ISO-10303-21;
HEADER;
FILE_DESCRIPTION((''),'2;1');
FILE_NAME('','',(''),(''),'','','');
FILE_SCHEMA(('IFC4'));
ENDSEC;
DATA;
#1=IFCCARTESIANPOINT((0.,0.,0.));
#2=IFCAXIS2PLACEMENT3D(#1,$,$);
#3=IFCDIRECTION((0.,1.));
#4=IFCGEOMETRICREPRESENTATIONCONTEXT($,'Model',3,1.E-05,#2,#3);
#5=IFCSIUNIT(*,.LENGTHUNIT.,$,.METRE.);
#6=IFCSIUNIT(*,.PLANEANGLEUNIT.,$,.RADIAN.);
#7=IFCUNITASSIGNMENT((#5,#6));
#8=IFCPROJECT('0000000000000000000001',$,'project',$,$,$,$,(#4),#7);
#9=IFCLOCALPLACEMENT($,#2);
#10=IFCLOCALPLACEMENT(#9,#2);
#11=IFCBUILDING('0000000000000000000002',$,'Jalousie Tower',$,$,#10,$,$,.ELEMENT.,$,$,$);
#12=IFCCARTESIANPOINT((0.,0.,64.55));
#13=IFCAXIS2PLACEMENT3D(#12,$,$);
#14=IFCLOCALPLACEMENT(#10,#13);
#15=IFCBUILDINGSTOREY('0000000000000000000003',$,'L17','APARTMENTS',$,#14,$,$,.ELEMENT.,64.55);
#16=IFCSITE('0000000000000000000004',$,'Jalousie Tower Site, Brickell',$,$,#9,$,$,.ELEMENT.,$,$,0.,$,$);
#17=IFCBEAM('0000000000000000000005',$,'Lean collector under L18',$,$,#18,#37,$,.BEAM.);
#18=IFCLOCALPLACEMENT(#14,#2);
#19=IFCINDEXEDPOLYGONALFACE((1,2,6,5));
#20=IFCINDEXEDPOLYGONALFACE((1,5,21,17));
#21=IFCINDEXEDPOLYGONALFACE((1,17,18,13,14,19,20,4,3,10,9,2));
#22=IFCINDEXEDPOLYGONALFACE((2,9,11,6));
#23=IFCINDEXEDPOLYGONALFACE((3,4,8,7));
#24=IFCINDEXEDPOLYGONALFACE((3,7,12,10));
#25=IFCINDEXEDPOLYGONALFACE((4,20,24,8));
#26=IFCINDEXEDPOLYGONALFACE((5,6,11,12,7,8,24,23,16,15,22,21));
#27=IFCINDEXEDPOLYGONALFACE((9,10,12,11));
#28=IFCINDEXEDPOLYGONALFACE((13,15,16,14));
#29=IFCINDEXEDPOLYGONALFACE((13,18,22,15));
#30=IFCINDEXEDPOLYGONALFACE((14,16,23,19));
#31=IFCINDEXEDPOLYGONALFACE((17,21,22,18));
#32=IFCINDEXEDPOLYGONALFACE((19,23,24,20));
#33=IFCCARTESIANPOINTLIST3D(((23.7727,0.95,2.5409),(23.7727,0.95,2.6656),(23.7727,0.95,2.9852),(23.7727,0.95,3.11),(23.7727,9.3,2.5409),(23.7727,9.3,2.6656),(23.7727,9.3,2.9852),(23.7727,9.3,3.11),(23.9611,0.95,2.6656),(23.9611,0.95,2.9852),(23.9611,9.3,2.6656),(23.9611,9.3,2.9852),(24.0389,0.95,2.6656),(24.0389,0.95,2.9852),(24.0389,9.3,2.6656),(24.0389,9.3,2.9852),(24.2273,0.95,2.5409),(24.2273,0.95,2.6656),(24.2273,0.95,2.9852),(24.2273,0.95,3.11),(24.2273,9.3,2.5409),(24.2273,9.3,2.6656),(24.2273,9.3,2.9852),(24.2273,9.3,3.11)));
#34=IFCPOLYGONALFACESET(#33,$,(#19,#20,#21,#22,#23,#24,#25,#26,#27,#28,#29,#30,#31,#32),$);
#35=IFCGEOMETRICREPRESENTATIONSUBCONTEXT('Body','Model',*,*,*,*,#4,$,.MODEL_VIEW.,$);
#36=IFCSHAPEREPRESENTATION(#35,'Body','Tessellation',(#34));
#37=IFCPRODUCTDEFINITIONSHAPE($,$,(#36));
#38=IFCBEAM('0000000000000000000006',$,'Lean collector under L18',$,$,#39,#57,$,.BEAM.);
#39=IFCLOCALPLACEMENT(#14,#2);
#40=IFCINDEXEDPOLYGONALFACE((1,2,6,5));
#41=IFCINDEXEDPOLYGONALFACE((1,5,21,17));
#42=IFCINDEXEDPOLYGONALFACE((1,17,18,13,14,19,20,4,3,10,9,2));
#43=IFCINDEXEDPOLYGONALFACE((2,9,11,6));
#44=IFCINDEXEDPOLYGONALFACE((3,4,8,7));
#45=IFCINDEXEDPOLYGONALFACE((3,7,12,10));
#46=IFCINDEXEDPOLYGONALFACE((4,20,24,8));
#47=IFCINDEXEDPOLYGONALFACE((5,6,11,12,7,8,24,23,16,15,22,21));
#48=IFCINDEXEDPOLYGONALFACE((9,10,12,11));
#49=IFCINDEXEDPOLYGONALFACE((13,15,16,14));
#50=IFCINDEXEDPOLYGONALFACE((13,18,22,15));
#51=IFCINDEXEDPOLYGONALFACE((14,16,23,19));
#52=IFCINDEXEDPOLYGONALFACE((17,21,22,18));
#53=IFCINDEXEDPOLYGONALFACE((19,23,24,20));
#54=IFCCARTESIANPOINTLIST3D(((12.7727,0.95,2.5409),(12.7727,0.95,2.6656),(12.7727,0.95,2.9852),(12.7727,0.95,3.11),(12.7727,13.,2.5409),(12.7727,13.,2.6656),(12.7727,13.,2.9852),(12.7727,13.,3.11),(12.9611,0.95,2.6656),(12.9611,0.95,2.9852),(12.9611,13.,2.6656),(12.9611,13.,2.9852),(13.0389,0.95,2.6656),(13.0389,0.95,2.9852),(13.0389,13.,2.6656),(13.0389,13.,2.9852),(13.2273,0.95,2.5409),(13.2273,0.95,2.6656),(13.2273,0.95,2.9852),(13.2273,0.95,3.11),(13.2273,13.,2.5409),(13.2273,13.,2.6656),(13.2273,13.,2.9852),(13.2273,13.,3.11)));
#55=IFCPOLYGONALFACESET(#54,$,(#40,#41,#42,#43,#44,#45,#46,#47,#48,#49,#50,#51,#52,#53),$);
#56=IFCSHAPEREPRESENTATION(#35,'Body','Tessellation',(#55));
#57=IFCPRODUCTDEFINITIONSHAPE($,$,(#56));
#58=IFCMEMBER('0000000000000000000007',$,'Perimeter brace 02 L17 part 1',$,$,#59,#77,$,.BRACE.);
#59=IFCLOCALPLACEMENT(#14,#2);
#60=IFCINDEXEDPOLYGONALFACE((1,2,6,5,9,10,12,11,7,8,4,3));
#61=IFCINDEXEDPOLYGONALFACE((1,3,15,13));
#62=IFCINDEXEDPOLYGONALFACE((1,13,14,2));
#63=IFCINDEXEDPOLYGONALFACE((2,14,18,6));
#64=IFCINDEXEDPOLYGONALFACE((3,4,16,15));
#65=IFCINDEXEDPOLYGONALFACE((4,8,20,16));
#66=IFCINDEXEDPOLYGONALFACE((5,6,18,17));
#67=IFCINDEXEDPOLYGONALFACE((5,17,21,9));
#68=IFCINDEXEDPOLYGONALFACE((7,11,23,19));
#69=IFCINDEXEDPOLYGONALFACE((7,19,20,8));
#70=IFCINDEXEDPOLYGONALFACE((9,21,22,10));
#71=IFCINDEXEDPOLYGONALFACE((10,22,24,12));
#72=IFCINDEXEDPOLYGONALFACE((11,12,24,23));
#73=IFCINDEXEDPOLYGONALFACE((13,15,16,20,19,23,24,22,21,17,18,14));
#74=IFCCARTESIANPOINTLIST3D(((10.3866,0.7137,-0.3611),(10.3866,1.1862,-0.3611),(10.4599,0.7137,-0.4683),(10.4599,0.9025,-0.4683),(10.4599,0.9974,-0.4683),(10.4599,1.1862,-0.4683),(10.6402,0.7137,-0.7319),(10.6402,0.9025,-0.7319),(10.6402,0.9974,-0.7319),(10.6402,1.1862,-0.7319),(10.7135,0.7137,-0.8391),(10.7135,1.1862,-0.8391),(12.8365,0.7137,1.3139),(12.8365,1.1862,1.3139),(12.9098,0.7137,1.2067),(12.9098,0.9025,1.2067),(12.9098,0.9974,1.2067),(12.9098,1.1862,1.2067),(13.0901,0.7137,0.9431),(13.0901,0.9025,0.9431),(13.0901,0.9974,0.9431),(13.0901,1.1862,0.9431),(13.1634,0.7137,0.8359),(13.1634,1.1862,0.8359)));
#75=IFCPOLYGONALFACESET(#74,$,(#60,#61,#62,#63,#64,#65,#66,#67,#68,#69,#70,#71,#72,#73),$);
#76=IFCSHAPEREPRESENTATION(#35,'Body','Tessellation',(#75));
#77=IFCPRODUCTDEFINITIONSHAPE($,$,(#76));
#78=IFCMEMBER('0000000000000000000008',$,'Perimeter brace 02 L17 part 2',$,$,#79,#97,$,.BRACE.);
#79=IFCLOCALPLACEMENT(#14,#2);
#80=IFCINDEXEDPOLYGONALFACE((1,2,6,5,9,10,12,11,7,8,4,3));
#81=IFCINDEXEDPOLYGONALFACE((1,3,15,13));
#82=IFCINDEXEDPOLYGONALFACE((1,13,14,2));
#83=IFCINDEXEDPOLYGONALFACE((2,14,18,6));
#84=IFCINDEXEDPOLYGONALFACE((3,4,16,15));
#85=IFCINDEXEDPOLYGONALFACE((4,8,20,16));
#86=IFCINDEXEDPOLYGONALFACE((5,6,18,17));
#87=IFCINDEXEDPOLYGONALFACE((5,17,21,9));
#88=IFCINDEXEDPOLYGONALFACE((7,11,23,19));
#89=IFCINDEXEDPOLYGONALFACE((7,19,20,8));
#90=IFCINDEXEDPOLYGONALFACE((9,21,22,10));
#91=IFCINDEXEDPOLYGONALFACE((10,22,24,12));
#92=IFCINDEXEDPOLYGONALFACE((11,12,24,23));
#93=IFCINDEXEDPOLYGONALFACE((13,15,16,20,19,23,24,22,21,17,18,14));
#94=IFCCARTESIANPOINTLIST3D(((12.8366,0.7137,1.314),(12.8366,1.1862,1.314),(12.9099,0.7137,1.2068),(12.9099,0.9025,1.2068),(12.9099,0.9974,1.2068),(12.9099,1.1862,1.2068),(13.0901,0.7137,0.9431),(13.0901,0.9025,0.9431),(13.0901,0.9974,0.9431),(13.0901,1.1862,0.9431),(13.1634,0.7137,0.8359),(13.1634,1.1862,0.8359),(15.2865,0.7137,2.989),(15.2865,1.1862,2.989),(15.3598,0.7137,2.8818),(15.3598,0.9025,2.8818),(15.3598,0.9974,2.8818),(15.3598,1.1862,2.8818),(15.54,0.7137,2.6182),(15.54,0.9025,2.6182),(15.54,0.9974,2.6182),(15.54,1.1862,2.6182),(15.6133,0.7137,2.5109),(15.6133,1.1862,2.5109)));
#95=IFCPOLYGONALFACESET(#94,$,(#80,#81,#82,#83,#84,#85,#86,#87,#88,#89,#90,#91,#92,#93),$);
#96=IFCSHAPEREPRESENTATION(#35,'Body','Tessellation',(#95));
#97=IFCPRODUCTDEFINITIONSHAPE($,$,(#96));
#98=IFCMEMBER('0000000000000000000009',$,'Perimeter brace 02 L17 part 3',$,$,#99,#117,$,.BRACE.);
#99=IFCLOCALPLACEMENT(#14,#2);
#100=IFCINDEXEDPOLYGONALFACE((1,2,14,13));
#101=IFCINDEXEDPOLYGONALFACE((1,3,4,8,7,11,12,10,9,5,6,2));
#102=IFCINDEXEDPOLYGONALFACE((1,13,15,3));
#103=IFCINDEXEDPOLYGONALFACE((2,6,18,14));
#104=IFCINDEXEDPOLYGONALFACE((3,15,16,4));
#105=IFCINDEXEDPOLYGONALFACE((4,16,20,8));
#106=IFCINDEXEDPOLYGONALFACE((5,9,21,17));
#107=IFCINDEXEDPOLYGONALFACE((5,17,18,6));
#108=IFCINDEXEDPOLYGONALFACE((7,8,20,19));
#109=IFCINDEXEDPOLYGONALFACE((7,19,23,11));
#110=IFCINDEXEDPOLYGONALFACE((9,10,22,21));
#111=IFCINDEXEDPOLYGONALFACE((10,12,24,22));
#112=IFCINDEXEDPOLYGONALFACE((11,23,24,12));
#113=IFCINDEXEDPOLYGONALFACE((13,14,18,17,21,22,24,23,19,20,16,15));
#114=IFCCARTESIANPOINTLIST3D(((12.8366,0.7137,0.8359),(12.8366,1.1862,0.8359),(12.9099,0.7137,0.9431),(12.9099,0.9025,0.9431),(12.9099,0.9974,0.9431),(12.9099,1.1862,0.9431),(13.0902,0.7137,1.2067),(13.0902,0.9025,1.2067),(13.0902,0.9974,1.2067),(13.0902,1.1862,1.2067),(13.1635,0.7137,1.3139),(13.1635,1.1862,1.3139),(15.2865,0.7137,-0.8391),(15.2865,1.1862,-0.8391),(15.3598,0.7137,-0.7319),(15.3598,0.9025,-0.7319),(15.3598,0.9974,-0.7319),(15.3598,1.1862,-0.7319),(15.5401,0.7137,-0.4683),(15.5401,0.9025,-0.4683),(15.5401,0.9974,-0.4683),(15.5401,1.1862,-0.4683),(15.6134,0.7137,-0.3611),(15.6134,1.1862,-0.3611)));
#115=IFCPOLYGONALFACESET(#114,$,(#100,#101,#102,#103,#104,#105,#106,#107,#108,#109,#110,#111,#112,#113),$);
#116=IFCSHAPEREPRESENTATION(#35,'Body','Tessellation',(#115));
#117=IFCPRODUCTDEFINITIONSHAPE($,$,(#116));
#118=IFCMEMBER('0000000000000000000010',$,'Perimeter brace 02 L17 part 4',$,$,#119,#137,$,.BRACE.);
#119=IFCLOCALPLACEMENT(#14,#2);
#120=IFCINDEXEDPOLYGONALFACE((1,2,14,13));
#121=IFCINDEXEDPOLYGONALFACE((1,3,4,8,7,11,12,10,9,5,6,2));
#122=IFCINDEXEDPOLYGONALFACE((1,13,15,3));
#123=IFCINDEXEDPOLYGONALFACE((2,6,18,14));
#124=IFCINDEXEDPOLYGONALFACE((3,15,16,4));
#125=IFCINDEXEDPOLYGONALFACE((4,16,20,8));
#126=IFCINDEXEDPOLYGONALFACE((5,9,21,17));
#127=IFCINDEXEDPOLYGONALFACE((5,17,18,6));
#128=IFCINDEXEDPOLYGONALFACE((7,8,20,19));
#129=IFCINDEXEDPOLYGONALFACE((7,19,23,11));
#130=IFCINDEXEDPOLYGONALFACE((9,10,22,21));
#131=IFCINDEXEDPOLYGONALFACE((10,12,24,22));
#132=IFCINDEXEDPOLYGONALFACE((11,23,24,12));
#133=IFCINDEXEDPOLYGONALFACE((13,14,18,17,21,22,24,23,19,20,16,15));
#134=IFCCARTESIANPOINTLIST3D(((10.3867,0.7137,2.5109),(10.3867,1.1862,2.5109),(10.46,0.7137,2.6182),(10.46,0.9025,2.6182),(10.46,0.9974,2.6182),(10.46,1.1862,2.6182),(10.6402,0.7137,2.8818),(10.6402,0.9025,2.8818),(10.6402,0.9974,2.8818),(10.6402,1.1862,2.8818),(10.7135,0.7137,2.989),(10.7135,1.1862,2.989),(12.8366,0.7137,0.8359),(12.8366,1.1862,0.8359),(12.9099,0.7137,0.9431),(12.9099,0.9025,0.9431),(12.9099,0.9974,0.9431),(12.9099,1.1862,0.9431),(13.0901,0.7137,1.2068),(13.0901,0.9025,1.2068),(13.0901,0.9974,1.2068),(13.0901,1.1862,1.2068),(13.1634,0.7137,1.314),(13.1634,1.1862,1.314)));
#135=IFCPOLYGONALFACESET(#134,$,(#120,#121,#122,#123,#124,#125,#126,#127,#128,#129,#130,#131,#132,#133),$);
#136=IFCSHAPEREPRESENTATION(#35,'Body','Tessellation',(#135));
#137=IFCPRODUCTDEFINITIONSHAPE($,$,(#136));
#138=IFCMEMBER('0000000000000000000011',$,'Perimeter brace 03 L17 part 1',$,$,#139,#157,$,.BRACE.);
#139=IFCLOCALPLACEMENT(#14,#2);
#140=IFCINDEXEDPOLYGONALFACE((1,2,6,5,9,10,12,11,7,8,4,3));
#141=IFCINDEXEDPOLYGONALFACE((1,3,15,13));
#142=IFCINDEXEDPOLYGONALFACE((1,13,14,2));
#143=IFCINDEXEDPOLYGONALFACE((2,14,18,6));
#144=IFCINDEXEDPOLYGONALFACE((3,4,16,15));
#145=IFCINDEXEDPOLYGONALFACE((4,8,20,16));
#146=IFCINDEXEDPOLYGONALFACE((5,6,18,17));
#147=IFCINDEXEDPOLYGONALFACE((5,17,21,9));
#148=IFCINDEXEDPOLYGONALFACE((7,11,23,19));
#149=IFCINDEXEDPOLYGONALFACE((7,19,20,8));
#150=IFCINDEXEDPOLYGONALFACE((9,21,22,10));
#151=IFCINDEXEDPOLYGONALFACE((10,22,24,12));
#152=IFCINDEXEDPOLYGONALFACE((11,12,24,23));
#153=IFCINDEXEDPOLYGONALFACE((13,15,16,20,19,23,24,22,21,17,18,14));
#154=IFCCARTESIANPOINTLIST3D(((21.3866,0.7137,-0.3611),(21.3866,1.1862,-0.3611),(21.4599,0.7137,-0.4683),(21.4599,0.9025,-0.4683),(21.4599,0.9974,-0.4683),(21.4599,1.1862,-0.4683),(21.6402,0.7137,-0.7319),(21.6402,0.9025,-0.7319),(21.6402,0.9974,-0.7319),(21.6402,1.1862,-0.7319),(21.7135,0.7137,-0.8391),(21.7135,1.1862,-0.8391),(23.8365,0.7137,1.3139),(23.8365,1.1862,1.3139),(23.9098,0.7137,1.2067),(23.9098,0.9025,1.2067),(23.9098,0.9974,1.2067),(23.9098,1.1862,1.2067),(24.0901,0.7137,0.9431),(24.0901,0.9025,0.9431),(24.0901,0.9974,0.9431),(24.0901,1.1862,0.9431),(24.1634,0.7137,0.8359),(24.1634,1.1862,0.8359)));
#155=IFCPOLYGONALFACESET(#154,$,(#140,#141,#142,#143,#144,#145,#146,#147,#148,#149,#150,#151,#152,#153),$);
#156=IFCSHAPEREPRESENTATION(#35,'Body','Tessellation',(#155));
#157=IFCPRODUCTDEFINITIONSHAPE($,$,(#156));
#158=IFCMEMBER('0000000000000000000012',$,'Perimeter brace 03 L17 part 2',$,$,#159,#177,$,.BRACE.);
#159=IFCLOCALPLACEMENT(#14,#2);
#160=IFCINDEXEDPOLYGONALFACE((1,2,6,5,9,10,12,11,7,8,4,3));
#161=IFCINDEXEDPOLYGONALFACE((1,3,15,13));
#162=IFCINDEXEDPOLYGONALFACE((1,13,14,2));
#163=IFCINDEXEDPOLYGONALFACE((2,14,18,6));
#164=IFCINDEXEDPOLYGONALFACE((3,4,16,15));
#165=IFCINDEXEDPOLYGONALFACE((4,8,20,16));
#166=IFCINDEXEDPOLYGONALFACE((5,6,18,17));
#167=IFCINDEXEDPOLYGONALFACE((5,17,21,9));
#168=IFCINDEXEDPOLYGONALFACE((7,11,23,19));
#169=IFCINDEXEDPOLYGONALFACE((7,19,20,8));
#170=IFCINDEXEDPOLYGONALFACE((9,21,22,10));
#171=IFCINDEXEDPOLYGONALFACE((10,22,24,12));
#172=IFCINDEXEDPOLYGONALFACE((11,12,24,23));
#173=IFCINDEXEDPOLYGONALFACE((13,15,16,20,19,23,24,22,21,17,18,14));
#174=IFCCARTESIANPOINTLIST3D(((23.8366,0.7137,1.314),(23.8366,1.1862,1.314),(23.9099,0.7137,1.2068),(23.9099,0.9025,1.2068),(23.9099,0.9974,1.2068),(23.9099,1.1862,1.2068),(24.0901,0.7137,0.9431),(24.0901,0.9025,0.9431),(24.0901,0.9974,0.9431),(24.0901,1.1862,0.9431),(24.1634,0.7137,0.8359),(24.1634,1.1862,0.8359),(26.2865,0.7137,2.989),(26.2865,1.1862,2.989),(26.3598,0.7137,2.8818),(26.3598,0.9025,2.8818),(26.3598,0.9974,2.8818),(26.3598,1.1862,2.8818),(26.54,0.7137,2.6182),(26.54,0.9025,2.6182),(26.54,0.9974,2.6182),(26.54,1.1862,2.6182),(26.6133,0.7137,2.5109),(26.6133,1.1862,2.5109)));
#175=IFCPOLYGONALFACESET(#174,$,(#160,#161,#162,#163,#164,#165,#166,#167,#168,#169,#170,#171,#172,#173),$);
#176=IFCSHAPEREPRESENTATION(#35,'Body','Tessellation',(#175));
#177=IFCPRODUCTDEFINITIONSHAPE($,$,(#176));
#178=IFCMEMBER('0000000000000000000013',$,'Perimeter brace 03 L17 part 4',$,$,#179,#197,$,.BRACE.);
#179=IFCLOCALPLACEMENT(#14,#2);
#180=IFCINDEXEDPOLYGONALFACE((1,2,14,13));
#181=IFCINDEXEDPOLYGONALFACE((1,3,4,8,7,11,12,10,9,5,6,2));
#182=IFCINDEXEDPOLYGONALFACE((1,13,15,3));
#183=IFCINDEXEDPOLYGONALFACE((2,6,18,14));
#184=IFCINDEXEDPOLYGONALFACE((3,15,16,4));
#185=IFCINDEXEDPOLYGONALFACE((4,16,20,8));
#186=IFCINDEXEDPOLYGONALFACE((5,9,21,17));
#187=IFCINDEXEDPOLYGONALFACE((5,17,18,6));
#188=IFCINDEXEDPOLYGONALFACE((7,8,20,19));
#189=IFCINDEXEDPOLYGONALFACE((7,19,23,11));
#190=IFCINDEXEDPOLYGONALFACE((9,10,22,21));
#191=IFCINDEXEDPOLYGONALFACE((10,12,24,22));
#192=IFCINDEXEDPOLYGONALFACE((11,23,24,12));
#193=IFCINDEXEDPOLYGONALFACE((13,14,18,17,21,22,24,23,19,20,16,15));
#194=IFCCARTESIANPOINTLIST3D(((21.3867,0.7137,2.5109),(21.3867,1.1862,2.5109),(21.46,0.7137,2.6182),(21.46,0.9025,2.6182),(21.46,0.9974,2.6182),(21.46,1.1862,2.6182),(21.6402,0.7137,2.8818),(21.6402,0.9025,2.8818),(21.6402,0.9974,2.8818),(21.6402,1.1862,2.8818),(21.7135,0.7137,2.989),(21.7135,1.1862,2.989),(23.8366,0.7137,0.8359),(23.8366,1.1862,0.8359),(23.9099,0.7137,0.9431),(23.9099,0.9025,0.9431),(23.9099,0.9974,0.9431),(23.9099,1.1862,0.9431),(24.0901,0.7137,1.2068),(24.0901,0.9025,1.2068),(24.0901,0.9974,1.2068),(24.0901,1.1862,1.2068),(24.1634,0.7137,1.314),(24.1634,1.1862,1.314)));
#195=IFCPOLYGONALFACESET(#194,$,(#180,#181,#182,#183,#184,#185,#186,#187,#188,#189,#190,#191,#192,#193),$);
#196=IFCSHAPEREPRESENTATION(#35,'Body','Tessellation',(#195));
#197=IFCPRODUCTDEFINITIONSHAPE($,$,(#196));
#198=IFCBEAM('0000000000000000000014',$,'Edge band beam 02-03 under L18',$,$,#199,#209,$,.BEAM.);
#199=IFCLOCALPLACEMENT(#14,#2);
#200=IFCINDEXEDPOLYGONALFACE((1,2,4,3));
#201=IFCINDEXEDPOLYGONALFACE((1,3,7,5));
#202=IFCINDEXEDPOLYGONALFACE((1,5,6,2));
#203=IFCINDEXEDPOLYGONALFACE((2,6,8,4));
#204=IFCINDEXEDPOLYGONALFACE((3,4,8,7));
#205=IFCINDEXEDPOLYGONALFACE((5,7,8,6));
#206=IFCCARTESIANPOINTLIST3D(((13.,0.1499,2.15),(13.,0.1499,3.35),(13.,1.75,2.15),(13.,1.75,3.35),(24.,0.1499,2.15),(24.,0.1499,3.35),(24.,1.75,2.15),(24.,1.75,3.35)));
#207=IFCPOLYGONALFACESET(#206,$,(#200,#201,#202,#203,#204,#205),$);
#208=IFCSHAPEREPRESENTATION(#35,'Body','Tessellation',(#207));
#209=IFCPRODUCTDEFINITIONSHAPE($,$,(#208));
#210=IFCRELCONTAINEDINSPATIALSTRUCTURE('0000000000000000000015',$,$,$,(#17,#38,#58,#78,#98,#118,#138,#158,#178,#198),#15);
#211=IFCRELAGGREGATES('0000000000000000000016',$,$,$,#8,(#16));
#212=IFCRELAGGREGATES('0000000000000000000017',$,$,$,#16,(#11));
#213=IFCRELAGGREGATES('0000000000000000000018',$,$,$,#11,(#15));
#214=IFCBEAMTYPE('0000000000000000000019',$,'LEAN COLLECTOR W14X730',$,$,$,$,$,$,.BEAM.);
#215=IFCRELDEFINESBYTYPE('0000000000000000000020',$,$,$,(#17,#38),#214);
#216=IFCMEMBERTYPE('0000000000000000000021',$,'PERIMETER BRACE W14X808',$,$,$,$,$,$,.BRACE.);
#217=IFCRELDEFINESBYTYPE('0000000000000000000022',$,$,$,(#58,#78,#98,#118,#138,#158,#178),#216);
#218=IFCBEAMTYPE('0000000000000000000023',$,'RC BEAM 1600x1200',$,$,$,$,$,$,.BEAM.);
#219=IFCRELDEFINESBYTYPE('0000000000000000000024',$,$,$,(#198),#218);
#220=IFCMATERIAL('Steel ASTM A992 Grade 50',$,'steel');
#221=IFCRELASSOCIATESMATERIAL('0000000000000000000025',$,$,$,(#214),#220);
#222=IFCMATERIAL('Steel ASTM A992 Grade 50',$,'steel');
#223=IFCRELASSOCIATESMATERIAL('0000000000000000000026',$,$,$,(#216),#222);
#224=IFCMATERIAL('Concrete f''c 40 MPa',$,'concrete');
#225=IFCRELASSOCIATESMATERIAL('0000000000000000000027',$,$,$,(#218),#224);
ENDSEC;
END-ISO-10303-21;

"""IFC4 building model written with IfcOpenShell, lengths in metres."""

from ifc_helpers import new_model, si_unit, direction, frame, origin, origin_2d, place, context, subcontext, project, spatial, rectangle, i_section, extrude, material, material_profile, profile_set, type_object, element, save


model = new_model("IFC4")

# Units and contexts
model_context = context("Model", 3, precision=1e-05, world=origin(), true_north=direction((0.0, 1.0)))
body_context = subcontext(model_context, "Body", "Model", "MODEL_VIEW")
ifc_project = project(units=[si_unit("LENGTHUNIT", "METRE"), si_unit("PLANEANGLEUNIT", "RADIAN")], contexts=[model_context])

# Site, building, storey
site_placement = place(None, origin())
site = spatial("IfcSite", under=ifc_project, at=site_placement, Name="Jalousie Tower Site, Brickell", CompositionType="ELEMENT", RefElevation=0.0)
building_placement = place(site_placement, origin())
building = spatial("IfcBuilding", under=site, at=building_placement, Name="Jalousie Tower", CompositionType="ELEMENT")
storey_placement = place(building_placement, frame((0.0, 0.0, 64.55)))
storey = spatial("IfcBuildingStorey", under=building, at=storey_placement, Name="L17", Description="APARTMENTS", CompositionType="ELEMENT", Elevation=64.55)

# Beams
ifc_material_1 = material(Name="Steel ASTM A992 Grade 50", Category="steel")
ifc_material_profile_1 = material_profile(ifc_material_1, i_section(OverallWidth=0.4546, OverallDepth=0.5691, WebThickness=0.0779, FlangeThickness=0.1248, at=origin_2d()), Name="W14X730")
ifc_profile_set_1 = profile_set([ifc_material_profile_1], Name="Steel ASTM A992 Grade 50")
beam_type_1 = type_object("IfcBeamType", Name="LEAN COLLECTOR W14X730", PredefinedType="BEAM", material=ifc_profile_set_1)
beam_1_placement = place(storey_placement, frame((24.0, 0.95, 2.8254), z_axis=(0.0, 1.0, 0.0), x_axis=(-1.0, 0.0, 0.0)))
element("IfcBeam", 1, at=beam_1_placement, inside=storey, type_object=beam_type_1, Name="Lean collector under L18", PredefinedType="BEAM", context=body_context, shape_type="SweptSolid", body=[
    extrude(i_section(OverallWidth=0.4546, OverallDepth=0.5691, WebThickness=0.0779, FlangeThickness=0.1248, at=origin_2d()), origin(), (0.0, 0.0, 1.0), 8.3501),
])
beam_2_placement = place(storey_placement, frame((13.0, 0.95, 2.8254), z_axis=(0.0, 1.0, 0.0), x_axis=(-1.0, 0.0, 0.0)))
element("IfcBeam", 2, at=beam_2_placement, inside=storey, type_object=beam_type_1, Name="Lean collector under L18", PredefinedType="BEAM", context=body_context, shape_type="SweptSolid", body=[
    extrude(i_section(OverallWidth=0.4546, OverallDepth=0.5691, WebThickness=0.0779, FlangeThickness=0.1248, at=origin_2d()), origin(), (0.0, 0.0, 1.0), 12.05),
])

# Members
ifc_material_2 = material(Name="Steel ASTM A992 Grade 50", Category="steel")
ifc_material_profile_2 = material_profile(ifc_material_2, i_section(OverallWidth=0.4724, OverallDepth=0.5791, WebThickness=0.095, FlangeThickness=0.1299, at=origin_2d()), Name="W14X808")
ifc_profile_set_2 = profile_set([ifc_material_profile_2], Name="Steel ASTM A992 Grade 50")
member_type_1 = type_object("IfcMemberType", Name="PERIMETER BRACE W14X808", PredefinedType="BRACE", material=ifc_profile_set_2)
for number, where, z_axis, x_axis, name in (
    (3, (10.55, 0.95, -0.6001), (0.825501, 0.0, 0.564401), (0.0, 1.0, 0.0), "Perimeter brace 02 L17 part 1"),
    (4, (13.0, 0.95, 1.075), (0.825501, 0.0, 0.564401), (0.0, 1.0, 0.0), "Perimeter brace 02 L17 part 2"),
    (5, (15.45, 0.95, -0.6001), (-0.825501, 0.0, 0.564401), (0.0, -1.0, 0.0), "Perimeter brace 02 L17 part 3"),
    (6, (13.0, 0.95, 1.075), (-0.825501, 0.0, 0.564401), (0.0, -1.0, 0.0), "Perimeter brace 02 L17 part 4"),
    (7, (21.55, 0.95, -0.6001), (0.825501, 0.0, 0.564401), (0.0, 1.0, 0.0), "Perimeter brace 03 L17 part 1"),
    (8, (24.0, 0.95, 1.075), (0.825501, 0.0, 0.564401), (0.0, 1.0, 0.0), "Perimeter brace 03 L17 part 2"),
    (9, (24.0, 0.95, 1.075), (-0.825501, 0.0, 0.564401), (0.0, -1.0, 0.0), "Perimeter brace 03 L17 part 4"),
):
    element("IfcMember", number, at=place(storey_placement, frame(where, z_axis=z_axis, x_axis=x_axis)), inside=storey, type_object=member_type_1, Name=name, PredefinedType="BRACE", context=body_context, shape_type="SweptSolid", body=[
        extrude(i_section(OverallWidth=0.4724, OverallDepth=0.5791, WebThickness=0.095, FlangeThickness=0.1299, at=origin_2d()), origin(), (0.0, 0.0, 1.0), 2.9678),
    ])

# Beam
ifc_material_3 = material(Name="Concrete f'c 40 MPa", Category="concrete")
ifc_material_profile_3 = material_profile(ifc_material_3, rectangle(XDim=1.6001, YDim=1.2, at=origin_2d()), Name="RC 1600x1200")
ifc_profile_set_3 = profile_set([ifc_material_profile_3], Name="Concrete f'c 40 MPa")
beam_type_2 = type_object("IfcBeamType", Name="RC BEAM 1600x1200", PredefinedType="BEAM", material=ifc_profile_set_3)
for number, where, z_axis, x_axis, name in (
    (10, (13.0, 0.95, 2.75), (1.0, 0.0, 0.0), (0.0, 1.0, 0.0), "Edge band beam 02-03 under L18"),
):
    element("IfcBeam", number, at=place(storey_placement, frame(where, z_axis=z_axis, x_axis=x_axis)), inside=storey, type_object=beam_type_2, Name=name, PredefinedType="BEAM", context=body_context, shape_type="SweptSolid", body=[
        extrude(rectangle(XDim=1.6001, YDim=1.2, at=origin_2d()), origin(), (0.0, 0.0, 1.0), 11.0),
    ])

save(model, "model.ifc")
